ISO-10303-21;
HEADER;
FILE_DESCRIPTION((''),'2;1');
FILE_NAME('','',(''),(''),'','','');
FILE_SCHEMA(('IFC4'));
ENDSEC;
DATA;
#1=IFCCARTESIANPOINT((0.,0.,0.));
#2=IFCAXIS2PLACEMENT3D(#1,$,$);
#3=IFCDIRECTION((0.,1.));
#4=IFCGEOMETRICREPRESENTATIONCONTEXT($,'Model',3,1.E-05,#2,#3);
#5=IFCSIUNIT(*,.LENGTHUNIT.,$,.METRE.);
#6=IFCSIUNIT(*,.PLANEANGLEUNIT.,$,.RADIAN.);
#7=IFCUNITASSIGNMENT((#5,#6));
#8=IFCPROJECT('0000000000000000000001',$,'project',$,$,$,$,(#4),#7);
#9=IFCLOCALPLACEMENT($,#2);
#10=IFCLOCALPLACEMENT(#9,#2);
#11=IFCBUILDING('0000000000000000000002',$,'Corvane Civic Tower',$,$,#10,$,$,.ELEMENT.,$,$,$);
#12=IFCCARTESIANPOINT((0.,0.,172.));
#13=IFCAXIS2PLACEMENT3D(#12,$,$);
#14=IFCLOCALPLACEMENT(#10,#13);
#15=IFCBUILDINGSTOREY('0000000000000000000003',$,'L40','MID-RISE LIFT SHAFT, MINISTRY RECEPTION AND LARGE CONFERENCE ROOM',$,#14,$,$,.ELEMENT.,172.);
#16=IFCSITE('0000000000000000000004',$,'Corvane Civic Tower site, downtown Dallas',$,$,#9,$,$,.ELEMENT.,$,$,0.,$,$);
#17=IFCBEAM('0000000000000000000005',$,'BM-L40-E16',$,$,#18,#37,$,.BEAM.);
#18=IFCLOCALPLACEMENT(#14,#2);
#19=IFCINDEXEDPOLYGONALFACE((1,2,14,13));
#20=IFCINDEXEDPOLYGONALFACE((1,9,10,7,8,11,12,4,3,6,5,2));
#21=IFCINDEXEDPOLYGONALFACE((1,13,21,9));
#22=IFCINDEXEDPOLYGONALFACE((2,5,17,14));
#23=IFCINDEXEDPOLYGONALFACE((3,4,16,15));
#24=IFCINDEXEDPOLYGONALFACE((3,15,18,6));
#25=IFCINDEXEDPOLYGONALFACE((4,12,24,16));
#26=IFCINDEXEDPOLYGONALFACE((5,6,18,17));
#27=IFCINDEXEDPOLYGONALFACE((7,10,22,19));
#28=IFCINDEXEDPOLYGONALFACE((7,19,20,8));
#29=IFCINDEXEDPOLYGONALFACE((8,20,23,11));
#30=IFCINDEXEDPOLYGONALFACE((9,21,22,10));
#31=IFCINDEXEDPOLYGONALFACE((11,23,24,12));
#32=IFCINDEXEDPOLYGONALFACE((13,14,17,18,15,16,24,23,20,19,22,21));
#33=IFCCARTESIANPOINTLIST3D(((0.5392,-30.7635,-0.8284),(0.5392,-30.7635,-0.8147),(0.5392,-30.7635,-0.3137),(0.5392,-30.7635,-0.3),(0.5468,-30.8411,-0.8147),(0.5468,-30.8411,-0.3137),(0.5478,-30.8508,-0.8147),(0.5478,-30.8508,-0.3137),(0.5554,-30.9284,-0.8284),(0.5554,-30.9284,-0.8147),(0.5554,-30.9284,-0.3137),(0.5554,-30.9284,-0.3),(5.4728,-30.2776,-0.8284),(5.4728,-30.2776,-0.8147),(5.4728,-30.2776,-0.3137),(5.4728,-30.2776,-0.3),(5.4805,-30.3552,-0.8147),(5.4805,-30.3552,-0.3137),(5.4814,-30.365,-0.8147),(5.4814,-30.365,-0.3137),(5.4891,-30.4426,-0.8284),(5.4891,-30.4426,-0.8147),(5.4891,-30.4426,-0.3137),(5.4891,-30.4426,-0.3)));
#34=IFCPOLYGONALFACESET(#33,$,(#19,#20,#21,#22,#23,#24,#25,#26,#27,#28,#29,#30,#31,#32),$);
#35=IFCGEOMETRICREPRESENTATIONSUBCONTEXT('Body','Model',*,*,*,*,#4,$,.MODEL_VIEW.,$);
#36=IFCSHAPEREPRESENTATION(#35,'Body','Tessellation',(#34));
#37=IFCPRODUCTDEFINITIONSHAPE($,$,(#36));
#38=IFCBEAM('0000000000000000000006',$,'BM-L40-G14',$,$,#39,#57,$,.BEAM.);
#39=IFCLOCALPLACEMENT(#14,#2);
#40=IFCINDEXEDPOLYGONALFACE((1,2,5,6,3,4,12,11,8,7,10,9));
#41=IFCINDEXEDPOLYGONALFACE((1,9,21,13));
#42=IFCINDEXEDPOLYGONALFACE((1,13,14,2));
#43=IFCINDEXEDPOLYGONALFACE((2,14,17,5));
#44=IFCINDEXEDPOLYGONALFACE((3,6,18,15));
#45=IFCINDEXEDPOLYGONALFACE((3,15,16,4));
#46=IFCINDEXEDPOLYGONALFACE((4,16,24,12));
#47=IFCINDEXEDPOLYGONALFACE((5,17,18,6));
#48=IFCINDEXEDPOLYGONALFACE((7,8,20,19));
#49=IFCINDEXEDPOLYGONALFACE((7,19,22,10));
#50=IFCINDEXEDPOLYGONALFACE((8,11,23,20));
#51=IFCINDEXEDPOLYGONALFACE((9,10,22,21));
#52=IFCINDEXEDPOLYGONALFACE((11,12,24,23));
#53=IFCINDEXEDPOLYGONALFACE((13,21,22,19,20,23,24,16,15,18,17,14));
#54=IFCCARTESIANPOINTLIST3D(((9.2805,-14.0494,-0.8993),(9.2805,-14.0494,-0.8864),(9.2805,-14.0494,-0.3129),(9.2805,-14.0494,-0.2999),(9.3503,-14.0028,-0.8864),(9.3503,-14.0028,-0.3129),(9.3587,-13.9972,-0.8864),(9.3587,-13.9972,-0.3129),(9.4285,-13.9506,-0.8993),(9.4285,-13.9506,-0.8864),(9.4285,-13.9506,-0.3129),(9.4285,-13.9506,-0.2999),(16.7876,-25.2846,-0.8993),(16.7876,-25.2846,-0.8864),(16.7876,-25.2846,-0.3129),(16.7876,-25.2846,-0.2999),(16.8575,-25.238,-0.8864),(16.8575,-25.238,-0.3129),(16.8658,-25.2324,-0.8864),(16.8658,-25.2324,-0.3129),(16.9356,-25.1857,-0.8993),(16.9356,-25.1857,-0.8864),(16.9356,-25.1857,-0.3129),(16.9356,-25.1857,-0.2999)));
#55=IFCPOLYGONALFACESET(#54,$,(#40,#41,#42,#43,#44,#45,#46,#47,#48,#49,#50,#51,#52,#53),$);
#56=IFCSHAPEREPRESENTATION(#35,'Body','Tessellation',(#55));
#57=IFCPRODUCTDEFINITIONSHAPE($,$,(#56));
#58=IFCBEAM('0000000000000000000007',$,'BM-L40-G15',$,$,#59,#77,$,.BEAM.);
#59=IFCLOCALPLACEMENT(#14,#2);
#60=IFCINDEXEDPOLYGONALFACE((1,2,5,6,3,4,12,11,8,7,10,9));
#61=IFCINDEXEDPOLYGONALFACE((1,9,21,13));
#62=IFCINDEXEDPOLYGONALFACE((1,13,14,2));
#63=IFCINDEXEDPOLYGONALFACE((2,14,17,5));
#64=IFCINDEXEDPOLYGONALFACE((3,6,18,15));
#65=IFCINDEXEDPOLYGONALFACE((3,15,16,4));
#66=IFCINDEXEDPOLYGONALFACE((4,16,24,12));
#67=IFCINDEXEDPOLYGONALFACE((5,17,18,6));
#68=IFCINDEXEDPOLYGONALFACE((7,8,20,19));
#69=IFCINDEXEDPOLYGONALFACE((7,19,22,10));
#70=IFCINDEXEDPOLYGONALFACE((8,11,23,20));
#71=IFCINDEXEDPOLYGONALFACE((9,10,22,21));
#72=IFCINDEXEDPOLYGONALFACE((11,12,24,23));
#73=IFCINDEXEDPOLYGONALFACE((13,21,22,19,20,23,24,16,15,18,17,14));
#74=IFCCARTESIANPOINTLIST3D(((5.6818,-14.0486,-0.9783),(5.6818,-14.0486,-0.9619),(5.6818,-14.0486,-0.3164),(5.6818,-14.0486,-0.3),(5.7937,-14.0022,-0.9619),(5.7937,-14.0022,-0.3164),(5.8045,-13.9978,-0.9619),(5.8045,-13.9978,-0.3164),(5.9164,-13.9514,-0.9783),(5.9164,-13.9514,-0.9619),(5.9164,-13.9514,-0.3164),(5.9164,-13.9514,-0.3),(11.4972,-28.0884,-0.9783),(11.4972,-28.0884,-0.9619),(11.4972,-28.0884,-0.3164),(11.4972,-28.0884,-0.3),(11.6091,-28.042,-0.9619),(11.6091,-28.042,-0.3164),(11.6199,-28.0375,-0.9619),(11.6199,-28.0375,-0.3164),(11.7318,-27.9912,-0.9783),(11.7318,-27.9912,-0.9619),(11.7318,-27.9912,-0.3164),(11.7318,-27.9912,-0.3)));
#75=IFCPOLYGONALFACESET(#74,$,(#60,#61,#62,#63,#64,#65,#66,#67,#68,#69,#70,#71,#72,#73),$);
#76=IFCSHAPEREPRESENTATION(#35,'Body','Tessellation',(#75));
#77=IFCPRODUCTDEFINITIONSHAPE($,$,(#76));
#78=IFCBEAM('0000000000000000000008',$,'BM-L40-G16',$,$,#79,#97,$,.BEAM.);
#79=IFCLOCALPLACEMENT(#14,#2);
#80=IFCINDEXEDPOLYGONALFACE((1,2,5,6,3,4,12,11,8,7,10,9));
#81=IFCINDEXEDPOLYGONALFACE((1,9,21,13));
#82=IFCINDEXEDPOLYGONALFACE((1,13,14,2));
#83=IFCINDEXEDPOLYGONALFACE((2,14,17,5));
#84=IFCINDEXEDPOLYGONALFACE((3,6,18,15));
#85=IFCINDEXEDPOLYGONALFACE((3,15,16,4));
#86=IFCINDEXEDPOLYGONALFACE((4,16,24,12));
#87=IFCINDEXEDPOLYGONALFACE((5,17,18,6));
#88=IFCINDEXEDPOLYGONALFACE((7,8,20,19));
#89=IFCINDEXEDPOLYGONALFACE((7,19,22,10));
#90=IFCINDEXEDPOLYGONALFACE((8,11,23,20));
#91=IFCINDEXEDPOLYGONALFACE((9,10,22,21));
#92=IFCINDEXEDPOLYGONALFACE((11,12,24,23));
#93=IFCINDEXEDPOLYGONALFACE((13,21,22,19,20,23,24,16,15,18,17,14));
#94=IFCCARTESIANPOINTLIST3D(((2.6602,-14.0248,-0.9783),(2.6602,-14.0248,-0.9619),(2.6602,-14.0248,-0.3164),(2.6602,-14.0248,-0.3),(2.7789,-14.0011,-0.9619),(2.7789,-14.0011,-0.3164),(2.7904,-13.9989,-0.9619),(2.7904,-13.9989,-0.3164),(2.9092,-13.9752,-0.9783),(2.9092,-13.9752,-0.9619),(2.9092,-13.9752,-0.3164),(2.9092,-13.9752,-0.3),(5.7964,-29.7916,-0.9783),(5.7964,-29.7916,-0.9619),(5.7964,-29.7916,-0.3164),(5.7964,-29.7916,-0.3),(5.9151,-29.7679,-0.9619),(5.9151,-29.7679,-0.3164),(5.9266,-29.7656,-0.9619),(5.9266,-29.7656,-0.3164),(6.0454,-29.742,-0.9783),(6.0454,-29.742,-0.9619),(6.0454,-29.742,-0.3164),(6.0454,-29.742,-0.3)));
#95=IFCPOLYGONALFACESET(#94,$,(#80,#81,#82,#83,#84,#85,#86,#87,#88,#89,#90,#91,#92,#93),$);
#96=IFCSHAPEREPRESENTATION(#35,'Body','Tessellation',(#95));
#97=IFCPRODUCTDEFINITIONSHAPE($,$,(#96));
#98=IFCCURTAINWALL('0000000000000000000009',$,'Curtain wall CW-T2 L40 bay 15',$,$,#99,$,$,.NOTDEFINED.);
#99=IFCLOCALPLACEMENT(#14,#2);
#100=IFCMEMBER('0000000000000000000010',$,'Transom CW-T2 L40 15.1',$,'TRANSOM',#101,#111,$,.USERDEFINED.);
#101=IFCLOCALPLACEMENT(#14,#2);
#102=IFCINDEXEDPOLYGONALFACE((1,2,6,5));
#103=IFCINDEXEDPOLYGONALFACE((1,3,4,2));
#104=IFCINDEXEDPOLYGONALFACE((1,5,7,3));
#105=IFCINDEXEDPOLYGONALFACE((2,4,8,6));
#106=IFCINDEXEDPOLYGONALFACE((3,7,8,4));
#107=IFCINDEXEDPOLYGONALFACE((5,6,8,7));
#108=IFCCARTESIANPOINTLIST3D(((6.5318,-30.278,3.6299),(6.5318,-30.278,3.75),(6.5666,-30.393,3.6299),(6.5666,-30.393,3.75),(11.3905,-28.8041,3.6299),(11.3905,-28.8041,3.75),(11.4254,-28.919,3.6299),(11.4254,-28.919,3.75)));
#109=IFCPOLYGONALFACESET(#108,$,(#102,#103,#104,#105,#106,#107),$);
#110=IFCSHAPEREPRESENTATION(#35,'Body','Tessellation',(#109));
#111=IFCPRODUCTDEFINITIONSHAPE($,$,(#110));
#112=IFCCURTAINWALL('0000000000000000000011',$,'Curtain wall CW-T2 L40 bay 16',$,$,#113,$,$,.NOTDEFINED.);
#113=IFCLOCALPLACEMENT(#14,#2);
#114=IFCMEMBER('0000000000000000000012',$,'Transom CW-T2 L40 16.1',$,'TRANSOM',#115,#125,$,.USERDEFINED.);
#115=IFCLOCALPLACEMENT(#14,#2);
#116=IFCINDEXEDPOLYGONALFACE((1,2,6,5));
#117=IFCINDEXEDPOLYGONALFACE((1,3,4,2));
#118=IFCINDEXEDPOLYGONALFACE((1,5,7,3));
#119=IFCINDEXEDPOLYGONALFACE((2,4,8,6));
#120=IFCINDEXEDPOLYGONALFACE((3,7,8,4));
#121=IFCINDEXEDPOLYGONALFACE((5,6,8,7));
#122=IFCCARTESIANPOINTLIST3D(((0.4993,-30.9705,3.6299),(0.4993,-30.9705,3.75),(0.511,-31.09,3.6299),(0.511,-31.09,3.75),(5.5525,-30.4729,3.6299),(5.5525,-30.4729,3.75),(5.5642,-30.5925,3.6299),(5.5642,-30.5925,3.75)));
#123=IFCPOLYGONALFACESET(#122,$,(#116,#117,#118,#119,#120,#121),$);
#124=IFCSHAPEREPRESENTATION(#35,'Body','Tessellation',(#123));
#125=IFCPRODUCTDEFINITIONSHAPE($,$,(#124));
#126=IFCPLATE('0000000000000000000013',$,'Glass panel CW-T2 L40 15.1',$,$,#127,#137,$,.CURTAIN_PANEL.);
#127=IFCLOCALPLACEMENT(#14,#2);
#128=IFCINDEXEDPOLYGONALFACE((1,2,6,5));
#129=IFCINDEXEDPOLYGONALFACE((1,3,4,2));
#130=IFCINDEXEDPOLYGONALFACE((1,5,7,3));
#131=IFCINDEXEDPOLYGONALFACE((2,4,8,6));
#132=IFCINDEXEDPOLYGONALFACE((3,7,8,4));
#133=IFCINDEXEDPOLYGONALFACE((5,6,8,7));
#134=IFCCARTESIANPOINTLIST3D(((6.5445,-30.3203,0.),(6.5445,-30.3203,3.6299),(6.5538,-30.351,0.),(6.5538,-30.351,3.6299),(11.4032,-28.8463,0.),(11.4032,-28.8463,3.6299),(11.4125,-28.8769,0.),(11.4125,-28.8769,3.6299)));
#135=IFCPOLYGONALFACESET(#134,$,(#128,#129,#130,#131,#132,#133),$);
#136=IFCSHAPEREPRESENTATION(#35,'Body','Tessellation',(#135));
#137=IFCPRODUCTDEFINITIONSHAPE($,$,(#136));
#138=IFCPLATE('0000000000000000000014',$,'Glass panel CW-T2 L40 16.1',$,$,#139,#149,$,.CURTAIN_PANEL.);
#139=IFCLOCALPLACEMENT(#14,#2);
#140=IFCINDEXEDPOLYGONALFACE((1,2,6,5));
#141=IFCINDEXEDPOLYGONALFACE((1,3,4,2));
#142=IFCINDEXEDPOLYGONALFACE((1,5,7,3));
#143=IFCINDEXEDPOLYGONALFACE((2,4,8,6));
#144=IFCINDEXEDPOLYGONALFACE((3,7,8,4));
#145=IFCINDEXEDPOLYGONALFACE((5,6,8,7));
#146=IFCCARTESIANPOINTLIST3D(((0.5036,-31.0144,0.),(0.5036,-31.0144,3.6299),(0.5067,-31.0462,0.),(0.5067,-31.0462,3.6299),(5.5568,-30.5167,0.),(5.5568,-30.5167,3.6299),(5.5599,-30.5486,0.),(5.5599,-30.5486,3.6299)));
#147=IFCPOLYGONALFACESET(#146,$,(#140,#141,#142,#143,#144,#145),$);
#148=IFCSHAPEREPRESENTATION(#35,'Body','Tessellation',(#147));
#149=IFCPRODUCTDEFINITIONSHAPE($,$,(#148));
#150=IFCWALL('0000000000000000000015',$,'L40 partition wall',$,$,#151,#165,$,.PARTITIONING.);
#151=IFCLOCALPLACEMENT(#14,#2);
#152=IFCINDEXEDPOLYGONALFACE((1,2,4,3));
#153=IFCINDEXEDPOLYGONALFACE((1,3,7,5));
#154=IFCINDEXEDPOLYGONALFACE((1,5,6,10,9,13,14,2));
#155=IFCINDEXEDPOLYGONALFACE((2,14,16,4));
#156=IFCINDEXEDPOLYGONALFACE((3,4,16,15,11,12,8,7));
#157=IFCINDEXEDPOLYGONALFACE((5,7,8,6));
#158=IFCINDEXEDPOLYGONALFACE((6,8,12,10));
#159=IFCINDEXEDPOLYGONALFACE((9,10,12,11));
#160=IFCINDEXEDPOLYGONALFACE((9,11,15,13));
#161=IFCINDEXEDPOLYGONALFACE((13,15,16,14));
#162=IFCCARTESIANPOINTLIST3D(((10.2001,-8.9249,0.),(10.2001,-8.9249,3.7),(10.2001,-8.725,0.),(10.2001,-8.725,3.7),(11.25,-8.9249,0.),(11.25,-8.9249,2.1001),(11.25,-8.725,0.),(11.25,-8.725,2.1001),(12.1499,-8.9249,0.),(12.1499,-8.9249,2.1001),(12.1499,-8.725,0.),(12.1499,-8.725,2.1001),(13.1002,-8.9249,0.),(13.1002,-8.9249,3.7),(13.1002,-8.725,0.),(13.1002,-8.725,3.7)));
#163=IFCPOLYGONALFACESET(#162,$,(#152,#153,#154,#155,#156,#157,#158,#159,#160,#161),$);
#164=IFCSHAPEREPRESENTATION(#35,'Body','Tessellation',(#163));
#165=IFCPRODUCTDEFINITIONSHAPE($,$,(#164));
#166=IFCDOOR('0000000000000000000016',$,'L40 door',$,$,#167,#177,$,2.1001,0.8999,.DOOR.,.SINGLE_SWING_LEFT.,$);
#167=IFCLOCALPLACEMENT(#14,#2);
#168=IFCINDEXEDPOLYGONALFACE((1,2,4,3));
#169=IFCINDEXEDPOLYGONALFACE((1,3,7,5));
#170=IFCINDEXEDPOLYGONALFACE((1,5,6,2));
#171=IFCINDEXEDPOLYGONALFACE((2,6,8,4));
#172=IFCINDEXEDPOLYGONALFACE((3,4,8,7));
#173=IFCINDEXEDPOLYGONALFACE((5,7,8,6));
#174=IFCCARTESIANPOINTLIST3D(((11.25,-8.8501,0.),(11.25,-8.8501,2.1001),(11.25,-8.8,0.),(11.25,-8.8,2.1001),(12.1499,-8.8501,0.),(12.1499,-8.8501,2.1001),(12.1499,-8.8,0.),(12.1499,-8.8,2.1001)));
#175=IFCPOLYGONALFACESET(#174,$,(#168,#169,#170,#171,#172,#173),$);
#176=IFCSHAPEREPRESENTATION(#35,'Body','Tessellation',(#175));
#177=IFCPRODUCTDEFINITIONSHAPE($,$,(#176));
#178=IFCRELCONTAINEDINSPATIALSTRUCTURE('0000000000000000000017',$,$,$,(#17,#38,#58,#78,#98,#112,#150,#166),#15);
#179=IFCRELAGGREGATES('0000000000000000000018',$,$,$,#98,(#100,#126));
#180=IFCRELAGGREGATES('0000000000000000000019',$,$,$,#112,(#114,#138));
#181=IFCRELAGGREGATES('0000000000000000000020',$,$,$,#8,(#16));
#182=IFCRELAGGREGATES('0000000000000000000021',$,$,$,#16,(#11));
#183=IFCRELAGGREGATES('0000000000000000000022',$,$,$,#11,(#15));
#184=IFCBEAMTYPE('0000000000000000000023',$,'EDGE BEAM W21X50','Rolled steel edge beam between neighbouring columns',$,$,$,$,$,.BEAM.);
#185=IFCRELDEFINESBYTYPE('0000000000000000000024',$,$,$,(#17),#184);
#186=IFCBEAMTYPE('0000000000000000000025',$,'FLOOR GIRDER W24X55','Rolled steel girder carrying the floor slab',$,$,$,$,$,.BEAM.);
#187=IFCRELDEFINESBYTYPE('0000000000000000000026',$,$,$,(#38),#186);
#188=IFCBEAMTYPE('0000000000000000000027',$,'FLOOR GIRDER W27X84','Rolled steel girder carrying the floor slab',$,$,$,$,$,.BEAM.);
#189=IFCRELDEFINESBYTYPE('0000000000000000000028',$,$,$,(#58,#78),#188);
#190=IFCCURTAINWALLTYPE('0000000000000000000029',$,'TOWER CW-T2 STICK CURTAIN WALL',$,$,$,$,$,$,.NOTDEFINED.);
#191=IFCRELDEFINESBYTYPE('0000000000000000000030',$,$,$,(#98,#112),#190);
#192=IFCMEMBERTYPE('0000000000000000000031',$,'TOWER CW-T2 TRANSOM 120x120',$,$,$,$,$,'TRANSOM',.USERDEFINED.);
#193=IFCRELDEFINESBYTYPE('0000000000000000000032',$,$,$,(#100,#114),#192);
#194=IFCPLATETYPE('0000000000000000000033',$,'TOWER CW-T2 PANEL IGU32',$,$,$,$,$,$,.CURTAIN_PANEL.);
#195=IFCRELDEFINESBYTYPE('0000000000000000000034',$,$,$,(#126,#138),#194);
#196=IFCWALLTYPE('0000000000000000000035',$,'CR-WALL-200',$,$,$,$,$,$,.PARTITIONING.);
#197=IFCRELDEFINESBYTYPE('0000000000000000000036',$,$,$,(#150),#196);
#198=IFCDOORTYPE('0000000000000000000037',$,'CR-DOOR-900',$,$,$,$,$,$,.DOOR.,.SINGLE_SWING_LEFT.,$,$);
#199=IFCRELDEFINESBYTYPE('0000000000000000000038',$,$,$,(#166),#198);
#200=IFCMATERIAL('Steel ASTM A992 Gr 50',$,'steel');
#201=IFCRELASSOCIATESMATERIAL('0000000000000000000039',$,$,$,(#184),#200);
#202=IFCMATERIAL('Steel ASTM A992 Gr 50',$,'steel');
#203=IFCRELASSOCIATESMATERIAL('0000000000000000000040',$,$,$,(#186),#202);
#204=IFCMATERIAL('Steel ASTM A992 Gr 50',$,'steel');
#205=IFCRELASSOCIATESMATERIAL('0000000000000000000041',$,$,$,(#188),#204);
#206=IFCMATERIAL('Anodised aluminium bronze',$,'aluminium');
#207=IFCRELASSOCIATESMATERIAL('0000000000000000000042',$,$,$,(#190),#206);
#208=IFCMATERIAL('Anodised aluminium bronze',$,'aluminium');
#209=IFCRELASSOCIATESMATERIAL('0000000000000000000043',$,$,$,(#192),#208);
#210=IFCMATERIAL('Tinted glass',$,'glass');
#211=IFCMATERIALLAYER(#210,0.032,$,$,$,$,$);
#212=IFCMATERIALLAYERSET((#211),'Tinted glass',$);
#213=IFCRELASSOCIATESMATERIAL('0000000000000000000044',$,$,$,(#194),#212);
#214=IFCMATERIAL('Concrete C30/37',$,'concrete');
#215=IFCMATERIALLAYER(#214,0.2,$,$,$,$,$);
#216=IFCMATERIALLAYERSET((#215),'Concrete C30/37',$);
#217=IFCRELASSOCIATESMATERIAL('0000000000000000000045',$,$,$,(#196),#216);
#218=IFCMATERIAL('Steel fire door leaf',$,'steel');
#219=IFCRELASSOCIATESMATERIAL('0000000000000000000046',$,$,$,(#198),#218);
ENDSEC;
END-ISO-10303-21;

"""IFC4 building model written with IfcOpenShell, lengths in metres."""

from ifc_helpers import new_model, si_unit, direction, frame, frame_2d, origin, origin_2d, place, context, subcontext, project, spatial, rectangle, i_section, extrude, material, layer, layer_set, material_profile, profile_set, type_object, element, fill, aggregate, save


model = new_model("IFC4")

# Units and contexts
model_context = context("Model", 3, precision=1e-05, world=origin(), true_north=direction((0.0, 1.0)))
body_context = subcontext(model_context, "Body", "Model", "MODEL_VIEW")
ifc_project = project(units=[si_unit("LENGTHUNIT", "METRE"), si_unit("PLANEANGLEUNIT", "RADIAN")], contexts=[model_context])

# Site, building, storey
site_placement = place(None, origin())
site = spatial("IfcSite", under=ifc_project, at=site_placement, Name="Corvane Civic Tower site, downtown Dallas", CompositionType="ELEMENT", RefElevation=0.0)
building_placement = place(site_placement, origin())
building = spatial("IfcBuilding", under=site, at=building_placement, Name="Corvane Civic Tower", CompositionType="ELEMENT")
storey_placement = place(building_placement, frame((0.0, 0.0, 172.0)))
storey = spatial("IfcBuildingStorey", under=building, at=storey_placement, Name="L40", Description="MID-RISE LIFT SHAFT, MINISTRY RECEPTION AND LARGE CONFERENCE ROOM", CompositionType="ELEMENT", Elevation=172.0)

# Beams
ifc_material_1 = material(Name="Steel ASTM A992 Gr 50", Category="steel")
ifc_material_profile_1 = material_profile(ifc_material_1, i_section(OverallWidth=0.1658, OverallDepth=0.5283, WebThickness=0.0098, FlangeThickness=0.0137, at=origin_2d()), Name="W21X50")
ifc_profile_set_1 = profile_set([ifc_material_profile_1], Name="Steel ASTM A992 Gr 50")
beam_type_1 = type_object("IfcBeamType", Name="EDGE BEAM W21X50", Description="Rolled steel edge beam between neighbouring columns", PredefinedType="BEAM", material=ifc_profile_set_1)
beam_1_placement = place(storey_placement, frame((5.481, -30.3601, -0.5642), z_axis=(-0.995186, -0.098002, 0.0), x_axis=(0.098002, -0.995186, 0.0)))
element("IfcBeam", 1, at=beam_1_placement, inside=storey, type_object=beam_type_1, Name="BM-L40-E16", PredefinedType="BEAM", context=body_context, shape_type="SweptSolid", body=[
    extrude(i_section(OverallWidth=0.1658, OverallDepth=0.5283, WebThickness=0.0098, FlangeThickness=0.0137, at=origin_2d()), origin(), (0.0, 0.0, 1.0), 4.9575),
])
ifc_material_2 = material(Name="Steel ASTM A992 Gr 50", Category="steel")
ifc_material_profile_2 = material_profile(ifc_material_2, i_section(OverallWidth=0.178, OverallDepth=0.5994, WebThickness=0.01, FlangeThickness=0.0129, at=origin_2d()), Name="W24X55")
ifc_profile_set_2 = profile_set([ifc_material_profile_2], Name="Steel ASTM A992 Gr 50")
beam_type_2 = type_object("IfcBeamType", Name="FLOOR GIRDER W24X55", Description="Rolled steel girder carrying the floor slab", PredefinedType="BEAM", material=ifc_profile_set_2)
beam_2_placement = place(storey_placement, frame((9.3545, -14.0, -0.5996), z_axis=(0.555571, -0.831469, 0.0), x_axis=(0.831469, 0.555571, 0.0)))
element("IfcBeam", 2, at=beam_2_placement, inside=storey, type_object=beam_type_2, Name="BM-L40-G14", PredefinedType="BEAM", context=body_context, shape_type="SweptSolid", body=[
    extrude(i_section(OverallWidth=0.178, OverallDepth=0.5994, WebThickness=0.01, FlangeThickness=0.0129, at=origin_2d()), origin(), (0.0, 0.0, 1.0), 13.5125),
])
ifc_material_3 = material(Name="Steel ASTM A992 Gr 50", Category="steel")
ifc_material_profile_3 = material_profile(ifc_material_3, i_section(OverallWidth=0.2539, OverallDepth=0.6782, WebThickness=0.0117, FlangeThickness=0.0164, at=origin_2d()), Name="W27X84")
ifc_profile_set_3 = profile_set([ifc_material_profile_3], Name="Steel ASTM A992 Gr 50")
beam_type_3 = type_object("IfcBeamType", Name="FLOOR GIRDER W27X84", Description="Rolled steel girder carrying the floor slab", PredefinedType="BEAM", material=ifc_profile_set_3)
beam_3_placement = place(storey_placement, frame((5.7991, -14.0, -0.6392), z_axis=(0.382681, -0.923881, 0.0), x_axis=(0.923881, 0.382681, 0.0)))
element("IfcBeam", 3, at=beam_3_placement, inside=storey, type_object=beam_type_3, Name="BM-L40-G15", PredefinedType="BEAM", context=body_context, shape_type="SweptSolid", body=[
    extrude(i_section(OverallWidth=0.2539, OverallDepth=0.6782, WebThickness=0.0117, FlangeThickness=0.0164, at=origin_2d()), origin(), (0.0, 0.0, 1.0), 15.1965),
])
beam_4_placement = place(storey_placement, frame((2.7847, -14.0, -0.6392), z_axis=(0.195091, -0.980785, 0.0), x_axis=(0.980785, 0.195091, 0.0)))
element("IfcBeam", 4, at=beam_4_placement, inside=storey, type_object=beam_type_3, Name="BM-L40-G16", PredefinedType="BEAM", context=body_context, shape_type="SweptSolid", body=[
    extrude(i_section(OverallWidth=0.2539, OverallDepth=0.6782, WebThickness=0.0117, FlangeThickness=0.0164, at=origin_2d()), origin(), (0.0, 0.0, 1.0), 16.0757),
])

# Curtain walls, members
ifc_material_4 = material(Name="Anodised aluminium bronze", Category="aluminium")
curtain_wall_type = type_object("IfcCurtainWallType", Name="TOWER CW-T2 STICK CURTAIN WALL", PredefinedType="NOTDEFINED", material=ifc_material_4)
curtain_wall_1_placement = place(storey_placement, origin())
curtain_wall_1 = element("IfcCurtainWall", 5, at=curtain_wall_1_placement, inside=storey, type_object=curtain_wall_type, Name="Curtain wall CW-T2 L40 bay 15", PredefinedType="NOTDEFINED")
ifc_material_5 = material(Name="Anodised aluminium bronze", Category="aluminium")
ifc_material_profile_4 = material_profile(ifc_material_5, rectangle(XDim=0.1201, YDim=0.1201, at=origin_2d()), Name="TOWER CW-T2 TRANSOM 120x120")
ifc_profile_set_4 = profile_set([ifc_material_profile_4], Name="Anodised aluminium bronze")
member_type = type_object("IfcMemberType", Name="TOWER CW-T2 TRANSOM 120x120", ElementType="TRANSOM", PredefinedType="USERDEFINED", material=ifc_profile_set_4)
member_1_placement = place(storey_placement, frame((11.408, -28.8616, 3.6899), z_axis=(-0.956939, -0.290289, 0.0), x_axis=(0.290289, -0.956939, 0.0)))
member_1 = element("IfcMember", 6, at=member_1_placement, type_object=member_type, Name="Transom CW-T2 L40 15.1", ObjectType="TRANSOM", PredefinedType="USERDEFINED", context=body_context, shape_type="SweptSolid", body=[
    extrude(rectangle(XDim=0.1201, YDim=0.1201, at=origin_2d()), origin(), (0.0, 0.0, 1.0), 5.0774),
])
curtain_wall_2_placement = place(storey_placement, origin())
curtain_wall_2 = element("IfcCurtainWall", 7, at=curtain_wall_2_placement, inside=storey, type_object=curtain_wall_type, Name="Curtain wall CW-T2 L40 bay 16", PredefinedType="NOTDEFINED")
member_2_placement = place(storey_placement, frame((5.5583, -30.5327, 3.6899), z_axis=(-0.995187, -0.09799, 0.0), x_axis=(0.09799, -0.995187, 0.0)))
member_2 = element("IfcMember", 8, at=member_2_placement, type_object=member_type, Name="Transom CW-T2 L40 16.1", ObjectType="TRANSOM", PredefinedType="USERDEFINED", context=body_context, shape_type="SweptSolid", body=[
    extrude(rectangle(XDim=0.1201, YDim=0.1201, at=origin_2d()), origin(), (0.0, 0.0, 1.0), 5.0776),
])

# Plates
ifc_material_6 = material(Name="Tinted glass", Category="glass")
ifc_layer_1 = layer(ifc_material_6, 0.032)
ifc_layer_set_1 = layer_set([ifc_layer_1], Name="Tinted glass")
plate_type = type_object("IfcPlateType", Name="TOWER CW-T2 PANEL IGU32", PredefinedType="CURTAIN_PANEL", material=ifc_layer_set_1)
plate_1_placement = place(storey_placement, frame((8.9785, -29.5986, 0.0), z_axis=(0.0, 0.0, 1.0), x_axis=(-0.956932, -0.290313, 0.0)))
plate_1 = element("IfcPlate", 9, at=plate_1_placement, type_object=plate_type, Name="Glass panel CW-T2 L40 15.1", PredefinedType="CURTAIN_PANEL", context=body_context, shape_type="SweptSolid", body=[
    extrude(rectangle(XDim=5.0774, YDim=0.032, at=origin_2d()), origin(), (0.0, 0.0, 1.0), 3.6299),
])
aggregate(curtain_wall_1, [member_1, plate_1])
plate_2_placement = place(storey_placement, frame((3.0317, -30.7815, 0.0), z_axis=(0.0, 0.0, 1.0), x_axis=(-0.995185, -0.098012, 0.0)))
plate_2 = element("IfcPlate", 10, at=plate_2_placement, type_object=plate_type, Name="Glass panel CW-T2 L40 16.1", PredefinedType="CURTAIN_PANEL", context=body_context, shape_type="SweptSolid", body=[
    extrude(rectangle(XDim=5.0776, YDim=0.032, at=origin_2d()), origin(), (0.0, 0.0, 1.0), 3.6299),
])
aggregate(curtain_wall_2, [member_2, plate_2])

# Wall, opening, door
ifc_material_7 = material(Name="Concrete C30/37", Category="concrete")
ifc_layer_2 = layer(ifc_material_7, 0.2)
ifc_layer_set_2 = layer_set([ifc_layer_2], Name="Concrete C30/37")
wall_type_1 = type_object("IfcWallType", Name="CR-WALL-200", PredefinedType="PARTITIONING", material=ifc_layer_set_2)
wall_1_placement = place(storey_placement, frame((10.2, -8.825, 0.0), z_axis=(0.0, 0.0, 1.0), x_axis=(1.0, 0.0, 0.0)))
wall_1 = element("IfcWall", 11, at=wall_1_placement, inside=storey, type_object=wall_type_1, Name="L40 partition wall", PredefinedType="PARTITIONING", context=body_context, shape_type="SweptSolid", body=[
    extrude(rectangle(XDim=2.9001, YDim=0.2, at=frame_2d((1.4502, 0.0))), origin(), (0.0, 0.0, 1.0), 3.7),
])
opening_1_placement = place(wall_1_placement, frame((1.05, 0.0, 0.0)))
opening_1 = element("IfcOpeningElement", 12, at=opening_1_placement, cuts=wall_1, PredefinedType="OPENING", context=body_context, shape_type="SweptSolid", body=[
    extrude(rectangle(XDim=0.8999, YDim=2.1001, at=frame_2d((0.45, 1.05))), frame((0.0, 0.1099, 0.0), z_axis=(0.0, -1.0, 0.0), x_axis=(1.0, 0.0, 0.0)), (0.0, 0.0, 1.0), 0.22),
])
ifc_material_8 = material(Name="Steel fire door leaf", Category="steel")
door_type_1 = type_object("IfcDoorType", Name="CR-DOOR-900", OperationType="SINGLE_SWING_LEFT", PredefinedType="DOOR", material=ifc_material_8)
door_1_placement = place(opening_1_placement, origin())
door_1 = element("IfcDoor", 13, at=door_1_placement, inside=storey, type_object=door_type_1, Name="L40 door", OperationType="SINGLE_SWING_LEFT", OverallHeight=2.1001, OverallWidth=0.8999, PredefinedType="DOOR", context=body_context, shape_type="SweptSolid", body=[
    extrude(rectangle(XDim=0.8999, YDim=2.1001, at=frame_2d((0.45, 1.05))), frame((0.0, 0.0249, 0.0), z_axis=(0.0, -1.0, 0.0), x_axis=(1.0, 0.0, 0.0)), (0.0, 0.0, 1.0), 0.05),
])
fill(opening_1, door_1)

save(model, "model.ifc")
